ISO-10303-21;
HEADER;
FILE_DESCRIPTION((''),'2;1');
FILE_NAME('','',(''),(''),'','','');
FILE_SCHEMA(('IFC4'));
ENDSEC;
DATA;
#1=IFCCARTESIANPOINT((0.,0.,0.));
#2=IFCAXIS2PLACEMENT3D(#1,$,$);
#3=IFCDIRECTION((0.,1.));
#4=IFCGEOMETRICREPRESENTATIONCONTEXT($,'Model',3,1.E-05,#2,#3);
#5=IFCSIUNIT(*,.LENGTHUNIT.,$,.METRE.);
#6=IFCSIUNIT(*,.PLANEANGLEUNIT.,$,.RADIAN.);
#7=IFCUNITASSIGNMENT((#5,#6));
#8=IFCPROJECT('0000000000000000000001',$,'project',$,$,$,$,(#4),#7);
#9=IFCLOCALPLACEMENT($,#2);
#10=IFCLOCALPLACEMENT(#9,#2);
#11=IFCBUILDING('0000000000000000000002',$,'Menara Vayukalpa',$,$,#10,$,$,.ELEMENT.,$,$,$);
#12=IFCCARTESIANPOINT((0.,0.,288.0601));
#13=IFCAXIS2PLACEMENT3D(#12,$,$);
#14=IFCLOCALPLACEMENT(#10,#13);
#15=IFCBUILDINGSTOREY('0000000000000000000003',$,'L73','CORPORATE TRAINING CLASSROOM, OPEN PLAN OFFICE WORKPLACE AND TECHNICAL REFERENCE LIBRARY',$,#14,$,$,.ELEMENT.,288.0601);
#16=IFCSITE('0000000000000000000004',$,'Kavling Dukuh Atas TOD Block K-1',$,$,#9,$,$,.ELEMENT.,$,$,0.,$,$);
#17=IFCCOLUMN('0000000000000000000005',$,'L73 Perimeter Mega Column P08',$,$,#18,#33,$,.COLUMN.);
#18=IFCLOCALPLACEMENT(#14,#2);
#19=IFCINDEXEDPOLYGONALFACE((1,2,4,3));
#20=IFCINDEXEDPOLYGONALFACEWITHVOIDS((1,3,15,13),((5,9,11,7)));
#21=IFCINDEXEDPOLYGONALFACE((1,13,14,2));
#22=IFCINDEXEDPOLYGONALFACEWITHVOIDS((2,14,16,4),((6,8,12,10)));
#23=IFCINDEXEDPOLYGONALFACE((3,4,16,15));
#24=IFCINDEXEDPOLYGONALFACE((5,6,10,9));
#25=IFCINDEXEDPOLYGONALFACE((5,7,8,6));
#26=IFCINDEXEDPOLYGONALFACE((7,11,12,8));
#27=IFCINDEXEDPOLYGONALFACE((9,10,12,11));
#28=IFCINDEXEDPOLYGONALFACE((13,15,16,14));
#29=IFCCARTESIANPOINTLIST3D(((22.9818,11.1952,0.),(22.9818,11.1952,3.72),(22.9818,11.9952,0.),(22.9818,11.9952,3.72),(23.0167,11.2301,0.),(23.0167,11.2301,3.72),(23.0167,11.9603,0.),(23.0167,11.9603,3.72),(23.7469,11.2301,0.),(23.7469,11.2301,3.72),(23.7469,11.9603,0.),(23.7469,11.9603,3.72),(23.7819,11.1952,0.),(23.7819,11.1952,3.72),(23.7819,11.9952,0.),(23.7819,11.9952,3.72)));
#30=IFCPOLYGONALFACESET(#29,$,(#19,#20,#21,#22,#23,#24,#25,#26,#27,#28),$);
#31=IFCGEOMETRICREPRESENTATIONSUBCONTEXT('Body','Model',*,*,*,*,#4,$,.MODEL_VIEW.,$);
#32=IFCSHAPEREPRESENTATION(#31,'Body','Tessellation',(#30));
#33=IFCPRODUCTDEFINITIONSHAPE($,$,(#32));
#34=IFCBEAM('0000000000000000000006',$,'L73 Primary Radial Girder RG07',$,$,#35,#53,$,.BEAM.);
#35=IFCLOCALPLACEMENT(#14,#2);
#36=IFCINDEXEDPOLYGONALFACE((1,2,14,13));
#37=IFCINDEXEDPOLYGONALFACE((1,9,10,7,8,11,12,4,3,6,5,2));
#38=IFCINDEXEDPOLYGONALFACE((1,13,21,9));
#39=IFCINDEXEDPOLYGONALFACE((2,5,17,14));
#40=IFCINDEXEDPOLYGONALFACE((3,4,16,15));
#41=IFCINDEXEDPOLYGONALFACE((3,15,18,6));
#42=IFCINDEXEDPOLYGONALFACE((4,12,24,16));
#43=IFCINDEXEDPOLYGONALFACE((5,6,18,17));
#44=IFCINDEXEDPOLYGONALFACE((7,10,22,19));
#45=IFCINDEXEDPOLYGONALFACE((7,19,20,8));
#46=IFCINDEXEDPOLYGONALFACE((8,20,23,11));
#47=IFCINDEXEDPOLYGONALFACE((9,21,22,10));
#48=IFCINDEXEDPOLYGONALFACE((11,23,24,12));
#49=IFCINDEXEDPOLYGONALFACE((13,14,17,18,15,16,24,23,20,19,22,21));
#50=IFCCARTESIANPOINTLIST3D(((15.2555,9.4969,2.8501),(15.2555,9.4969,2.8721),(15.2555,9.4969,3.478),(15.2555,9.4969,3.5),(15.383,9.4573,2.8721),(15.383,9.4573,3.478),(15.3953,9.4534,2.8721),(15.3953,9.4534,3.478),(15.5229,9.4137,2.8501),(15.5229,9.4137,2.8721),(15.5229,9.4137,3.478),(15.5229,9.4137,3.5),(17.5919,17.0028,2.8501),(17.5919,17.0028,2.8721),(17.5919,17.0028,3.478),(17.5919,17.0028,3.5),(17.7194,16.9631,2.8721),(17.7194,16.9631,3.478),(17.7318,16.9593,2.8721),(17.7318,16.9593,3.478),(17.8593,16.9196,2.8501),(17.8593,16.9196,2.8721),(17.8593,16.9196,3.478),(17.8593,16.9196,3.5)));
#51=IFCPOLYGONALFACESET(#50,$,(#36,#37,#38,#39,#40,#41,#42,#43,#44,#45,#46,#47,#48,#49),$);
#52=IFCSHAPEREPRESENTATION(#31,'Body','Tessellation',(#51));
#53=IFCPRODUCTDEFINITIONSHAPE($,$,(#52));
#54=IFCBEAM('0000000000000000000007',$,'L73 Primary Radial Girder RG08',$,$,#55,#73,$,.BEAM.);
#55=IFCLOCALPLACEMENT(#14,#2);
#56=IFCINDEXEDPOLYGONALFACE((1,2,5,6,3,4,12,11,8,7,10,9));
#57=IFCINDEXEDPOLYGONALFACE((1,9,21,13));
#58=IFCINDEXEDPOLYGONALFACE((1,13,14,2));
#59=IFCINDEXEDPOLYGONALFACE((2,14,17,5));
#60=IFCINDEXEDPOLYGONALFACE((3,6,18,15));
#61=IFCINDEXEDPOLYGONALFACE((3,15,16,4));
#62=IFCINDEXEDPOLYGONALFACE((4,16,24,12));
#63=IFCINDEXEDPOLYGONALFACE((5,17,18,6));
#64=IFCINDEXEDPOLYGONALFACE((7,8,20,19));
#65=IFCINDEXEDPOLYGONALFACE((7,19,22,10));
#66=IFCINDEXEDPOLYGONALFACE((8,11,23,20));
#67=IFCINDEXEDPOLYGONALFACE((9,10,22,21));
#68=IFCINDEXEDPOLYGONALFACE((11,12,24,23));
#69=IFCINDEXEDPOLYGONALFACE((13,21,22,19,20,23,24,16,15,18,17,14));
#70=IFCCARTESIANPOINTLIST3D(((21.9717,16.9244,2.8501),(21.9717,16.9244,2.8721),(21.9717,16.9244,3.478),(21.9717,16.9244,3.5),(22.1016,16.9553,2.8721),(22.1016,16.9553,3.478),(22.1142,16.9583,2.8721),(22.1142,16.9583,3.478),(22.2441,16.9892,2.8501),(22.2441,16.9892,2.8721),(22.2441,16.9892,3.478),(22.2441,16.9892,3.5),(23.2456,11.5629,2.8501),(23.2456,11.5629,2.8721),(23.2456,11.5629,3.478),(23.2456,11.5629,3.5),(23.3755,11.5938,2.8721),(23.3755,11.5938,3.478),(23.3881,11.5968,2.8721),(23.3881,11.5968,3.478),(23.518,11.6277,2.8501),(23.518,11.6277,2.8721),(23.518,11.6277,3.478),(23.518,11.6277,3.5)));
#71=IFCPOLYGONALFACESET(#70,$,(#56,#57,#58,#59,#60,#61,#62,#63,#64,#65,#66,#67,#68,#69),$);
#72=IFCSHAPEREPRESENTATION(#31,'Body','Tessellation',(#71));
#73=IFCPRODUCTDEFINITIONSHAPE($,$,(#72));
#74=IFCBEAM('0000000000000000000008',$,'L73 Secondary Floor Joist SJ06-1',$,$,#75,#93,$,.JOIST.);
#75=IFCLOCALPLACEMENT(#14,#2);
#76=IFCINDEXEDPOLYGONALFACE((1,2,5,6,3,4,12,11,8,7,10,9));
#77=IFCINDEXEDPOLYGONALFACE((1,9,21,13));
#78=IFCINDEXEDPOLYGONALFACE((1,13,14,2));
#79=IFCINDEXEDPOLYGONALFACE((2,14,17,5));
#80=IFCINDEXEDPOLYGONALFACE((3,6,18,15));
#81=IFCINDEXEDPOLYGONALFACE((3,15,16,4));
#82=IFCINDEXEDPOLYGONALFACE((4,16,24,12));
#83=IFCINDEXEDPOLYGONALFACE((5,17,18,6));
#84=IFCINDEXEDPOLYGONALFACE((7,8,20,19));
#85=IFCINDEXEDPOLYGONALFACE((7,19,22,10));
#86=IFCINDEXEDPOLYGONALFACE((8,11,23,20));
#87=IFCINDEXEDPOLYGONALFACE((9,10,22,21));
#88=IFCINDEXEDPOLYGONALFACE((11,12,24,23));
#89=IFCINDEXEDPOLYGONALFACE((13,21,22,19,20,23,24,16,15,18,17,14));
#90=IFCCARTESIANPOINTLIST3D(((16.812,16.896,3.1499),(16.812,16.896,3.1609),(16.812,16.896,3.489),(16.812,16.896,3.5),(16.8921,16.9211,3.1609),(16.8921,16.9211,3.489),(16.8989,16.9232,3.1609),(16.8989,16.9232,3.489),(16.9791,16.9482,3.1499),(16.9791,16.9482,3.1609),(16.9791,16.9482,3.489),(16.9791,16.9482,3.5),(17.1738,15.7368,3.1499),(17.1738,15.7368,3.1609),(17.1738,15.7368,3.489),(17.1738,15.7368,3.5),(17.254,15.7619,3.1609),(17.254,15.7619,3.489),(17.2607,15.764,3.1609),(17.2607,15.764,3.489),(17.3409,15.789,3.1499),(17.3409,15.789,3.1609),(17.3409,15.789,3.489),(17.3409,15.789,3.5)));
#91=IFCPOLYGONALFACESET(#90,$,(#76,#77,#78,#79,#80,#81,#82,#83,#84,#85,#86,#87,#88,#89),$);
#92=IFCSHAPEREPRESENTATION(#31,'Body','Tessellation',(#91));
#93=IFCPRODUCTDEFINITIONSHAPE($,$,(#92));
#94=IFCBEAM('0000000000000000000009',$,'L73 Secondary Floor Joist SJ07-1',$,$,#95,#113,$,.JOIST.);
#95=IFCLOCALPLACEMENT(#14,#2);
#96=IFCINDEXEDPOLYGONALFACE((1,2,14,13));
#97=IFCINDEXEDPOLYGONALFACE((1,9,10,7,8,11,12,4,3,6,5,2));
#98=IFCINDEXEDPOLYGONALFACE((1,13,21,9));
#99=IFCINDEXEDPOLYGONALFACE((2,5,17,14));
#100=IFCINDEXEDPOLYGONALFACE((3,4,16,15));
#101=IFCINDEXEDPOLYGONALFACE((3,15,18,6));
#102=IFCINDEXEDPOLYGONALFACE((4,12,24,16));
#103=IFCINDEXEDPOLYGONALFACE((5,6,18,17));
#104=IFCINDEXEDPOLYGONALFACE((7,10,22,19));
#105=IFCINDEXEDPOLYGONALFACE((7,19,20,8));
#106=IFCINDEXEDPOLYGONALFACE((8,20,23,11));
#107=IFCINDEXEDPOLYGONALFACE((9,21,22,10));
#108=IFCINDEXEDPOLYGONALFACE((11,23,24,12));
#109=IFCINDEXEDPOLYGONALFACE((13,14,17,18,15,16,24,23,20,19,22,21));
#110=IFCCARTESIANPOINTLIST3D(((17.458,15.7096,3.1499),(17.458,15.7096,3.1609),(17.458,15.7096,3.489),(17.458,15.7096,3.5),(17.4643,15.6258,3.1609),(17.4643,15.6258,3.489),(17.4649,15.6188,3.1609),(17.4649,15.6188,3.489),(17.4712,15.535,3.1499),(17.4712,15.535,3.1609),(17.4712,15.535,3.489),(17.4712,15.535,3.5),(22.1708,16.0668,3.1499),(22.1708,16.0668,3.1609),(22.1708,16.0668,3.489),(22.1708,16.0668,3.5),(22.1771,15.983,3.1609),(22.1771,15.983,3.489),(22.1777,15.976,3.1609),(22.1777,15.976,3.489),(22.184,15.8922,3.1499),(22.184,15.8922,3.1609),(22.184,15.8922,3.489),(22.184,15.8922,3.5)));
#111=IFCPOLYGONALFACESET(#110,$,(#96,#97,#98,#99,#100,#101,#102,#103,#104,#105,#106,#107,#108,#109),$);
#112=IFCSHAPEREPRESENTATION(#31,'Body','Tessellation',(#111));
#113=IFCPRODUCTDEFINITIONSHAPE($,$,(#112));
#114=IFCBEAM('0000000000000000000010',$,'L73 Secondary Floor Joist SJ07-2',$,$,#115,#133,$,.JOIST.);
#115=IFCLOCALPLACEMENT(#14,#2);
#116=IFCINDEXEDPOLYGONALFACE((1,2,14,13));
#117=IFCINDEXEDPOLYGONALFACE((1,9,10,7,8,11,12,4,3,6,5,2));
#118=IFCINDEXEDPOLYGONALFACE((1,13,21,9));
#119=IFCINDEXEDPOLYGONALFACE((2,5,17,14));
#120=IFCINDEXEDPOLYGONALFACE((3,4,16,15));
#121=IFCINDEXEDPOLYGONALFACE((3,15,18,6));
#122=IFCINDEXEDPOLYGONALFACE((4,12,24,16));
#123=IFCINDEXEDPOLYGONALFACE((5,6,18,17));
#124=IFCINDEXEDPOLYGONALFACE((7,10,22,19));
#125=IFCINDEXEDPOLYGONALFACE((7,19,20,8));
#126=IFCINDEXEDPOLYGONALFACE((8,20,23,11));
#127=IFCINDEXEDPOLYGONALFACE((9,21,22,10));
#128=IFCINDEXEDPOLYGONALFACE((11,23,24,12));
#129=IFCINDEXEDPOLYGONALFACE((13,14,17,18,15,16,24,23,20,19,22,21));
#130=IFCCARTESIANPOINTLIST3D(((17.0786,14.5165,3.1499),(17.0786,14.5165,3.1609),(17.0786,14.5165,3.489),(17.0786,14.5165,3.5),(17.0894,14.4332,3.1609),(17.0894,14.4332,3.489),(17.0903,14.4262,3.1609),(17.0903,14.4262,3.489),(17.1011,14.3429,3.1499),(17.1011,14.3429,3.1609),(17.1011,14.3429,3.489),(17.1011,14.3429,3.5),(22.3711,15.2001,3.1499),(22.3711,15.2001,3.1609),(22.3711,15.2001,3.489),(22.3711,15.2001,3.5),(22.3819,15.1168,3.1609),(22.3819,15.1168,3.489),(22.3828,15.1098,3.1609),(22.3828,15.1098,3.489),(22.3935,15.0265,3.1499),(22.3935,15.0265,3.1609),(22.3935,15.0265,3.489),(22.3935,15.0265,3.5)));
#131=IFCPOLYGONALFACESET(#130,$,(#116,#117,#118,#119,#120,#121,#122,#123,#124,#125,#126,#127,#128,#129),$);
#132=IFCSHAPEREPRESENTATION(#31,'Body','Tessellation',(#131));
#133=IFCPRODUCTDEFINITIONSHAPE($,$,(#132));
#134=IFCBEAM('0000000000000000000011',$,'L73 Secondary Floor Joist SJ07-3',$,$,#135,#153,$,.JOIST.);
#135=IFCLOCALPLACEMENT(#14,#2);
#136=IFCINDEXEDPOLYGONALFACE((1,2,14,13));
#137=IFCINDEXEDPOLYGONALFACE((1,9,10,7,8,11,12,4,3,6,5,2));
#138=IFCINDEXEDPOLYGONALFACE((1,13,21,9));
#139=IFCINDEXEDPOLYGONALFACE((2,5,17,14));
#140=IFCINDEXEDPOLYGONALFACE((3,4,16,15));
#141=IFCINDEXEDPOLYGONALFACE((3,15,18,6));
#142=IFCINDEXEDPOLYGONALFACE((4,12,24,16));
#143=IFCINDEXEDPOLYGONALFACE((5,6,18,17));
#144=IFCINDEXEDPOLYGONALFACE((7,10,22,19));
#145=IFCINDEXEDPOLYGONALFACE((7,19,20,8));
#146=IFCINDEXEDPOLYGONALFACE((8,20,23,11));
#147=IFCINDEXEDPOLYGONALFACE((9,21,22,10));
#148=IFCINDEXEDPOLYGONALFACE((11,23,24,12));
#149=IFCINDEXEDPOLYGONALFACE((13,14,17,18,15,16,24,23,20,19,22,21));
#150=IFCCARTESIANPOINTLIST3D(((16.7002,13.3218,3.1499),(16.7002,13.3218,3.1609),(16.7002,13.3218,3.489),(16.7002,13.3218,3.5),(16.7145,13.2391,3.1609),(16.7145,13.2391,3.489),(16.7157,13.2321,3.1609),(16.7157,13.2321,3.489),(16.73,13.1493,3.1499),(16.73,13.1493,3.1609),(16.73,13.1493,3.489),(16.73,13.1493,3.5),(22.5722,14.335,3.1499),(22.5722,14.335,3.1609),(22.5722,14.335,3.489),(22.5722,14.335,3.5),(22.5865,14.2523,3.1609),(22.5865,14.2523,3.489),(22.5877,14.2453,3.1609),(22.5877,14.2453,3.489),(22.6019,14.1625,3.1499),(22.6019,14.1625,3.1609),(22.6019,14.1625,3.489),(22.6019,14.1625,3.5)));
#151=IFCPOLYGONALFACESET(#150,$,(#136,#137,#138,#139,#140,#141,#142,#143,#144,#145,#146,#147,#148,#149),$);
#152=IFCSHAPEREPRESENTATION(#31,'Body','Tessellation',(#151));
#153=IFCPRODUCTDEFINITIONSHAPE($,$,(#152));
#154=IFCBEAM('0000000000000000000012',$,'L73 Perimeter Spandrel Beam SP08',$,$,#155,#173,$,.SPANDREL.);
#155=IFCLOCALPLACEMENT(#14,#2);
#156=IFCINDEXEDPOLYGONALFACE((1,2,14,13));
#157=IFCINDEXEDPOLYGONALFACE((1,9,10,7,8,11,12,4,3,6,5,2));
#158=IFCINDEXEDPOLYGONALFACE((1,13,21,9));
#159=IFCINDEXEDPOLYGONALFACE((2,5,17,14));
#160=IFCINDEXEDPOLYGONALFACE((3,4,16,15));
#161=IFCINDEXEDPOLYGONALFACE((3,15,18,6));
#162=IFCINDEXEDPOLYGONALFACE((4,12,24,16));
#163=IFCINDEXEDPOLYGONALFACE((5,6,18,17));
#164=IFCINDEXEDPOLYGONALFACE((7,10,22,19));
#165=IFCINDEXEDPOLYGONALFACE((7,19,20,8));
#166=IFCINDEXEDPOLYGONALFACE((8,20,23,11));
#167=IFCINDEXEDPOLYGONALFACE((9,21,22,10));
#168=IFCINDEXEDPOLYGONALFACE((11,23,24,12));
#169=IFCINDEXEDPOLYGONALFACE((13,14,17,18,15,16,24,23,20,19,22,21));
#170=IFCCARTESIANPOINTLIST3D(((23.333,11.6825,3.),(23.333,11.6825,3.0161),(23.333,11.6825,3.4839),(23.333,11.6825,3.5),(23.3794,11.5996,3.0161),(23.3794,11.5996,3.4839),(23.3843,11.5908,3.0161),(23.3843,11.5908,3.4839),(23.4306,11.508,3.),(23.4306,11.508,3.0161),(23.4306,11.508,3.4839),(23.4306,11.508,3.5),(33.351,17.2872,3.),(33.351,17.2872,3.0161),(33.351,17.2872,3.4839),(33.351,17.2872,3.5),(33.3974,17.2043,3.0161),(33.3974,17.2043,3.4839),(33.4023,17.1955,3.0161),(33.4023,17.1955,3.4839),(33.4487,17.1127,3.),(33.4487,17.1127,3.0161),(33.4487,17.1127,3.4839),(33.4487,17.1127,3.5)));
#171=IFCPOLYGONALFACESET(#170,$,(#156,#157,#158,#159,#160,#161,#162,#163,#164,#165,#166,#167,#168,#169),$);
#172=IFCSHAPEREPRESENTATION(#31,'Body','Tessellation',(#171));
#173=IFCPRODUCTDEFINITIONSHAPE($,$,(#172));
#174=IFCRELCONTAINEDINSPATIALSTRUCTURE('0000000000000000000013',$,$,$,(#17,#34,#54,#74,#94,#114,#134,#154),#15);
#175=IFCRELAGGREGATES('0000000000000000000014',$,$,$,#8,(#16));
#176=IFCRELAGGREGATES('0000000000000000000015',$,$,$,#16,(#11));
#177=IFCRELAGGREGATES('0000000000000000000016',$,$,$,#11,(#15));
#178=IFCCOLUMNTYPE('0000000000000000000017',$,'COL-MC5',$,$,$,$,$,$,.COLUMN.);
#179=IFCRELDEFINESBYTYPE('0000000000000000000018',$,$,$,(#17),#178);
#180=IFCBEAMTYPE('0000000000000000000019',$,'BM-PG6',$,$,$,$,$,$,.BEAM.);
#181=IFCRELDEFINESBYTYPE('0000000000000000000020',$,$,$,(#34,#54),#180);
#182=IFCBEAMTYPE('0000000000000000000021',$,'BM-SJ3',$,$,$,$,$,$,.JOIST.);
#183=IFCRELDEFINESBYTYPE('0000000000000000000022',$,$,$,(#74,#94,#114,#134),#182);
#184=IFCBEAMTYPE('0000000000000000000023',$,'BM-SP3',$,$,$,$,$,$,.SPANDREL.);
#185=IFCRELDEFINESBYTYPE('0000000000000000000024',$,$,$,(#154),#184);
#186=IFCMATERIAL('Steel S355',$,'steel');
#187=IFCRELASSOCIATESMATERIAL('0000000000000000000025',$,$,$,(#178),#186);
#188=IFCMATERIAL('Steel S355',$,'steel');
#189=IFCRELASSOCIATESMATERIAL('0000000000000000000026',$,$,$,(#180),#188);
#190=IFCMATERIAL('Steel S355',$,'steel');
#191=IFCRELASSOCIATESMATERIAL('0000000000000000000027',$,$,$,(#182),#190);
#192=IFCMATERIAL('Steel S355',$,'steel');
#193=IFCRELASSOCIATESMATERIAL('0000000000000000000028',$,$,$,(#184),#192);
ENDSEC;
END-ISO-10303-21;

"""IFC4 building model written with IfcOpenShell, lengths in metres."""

from ifc_helpers import new_model, si_unit, direction, frame, origin, origin_2d, place, context, subcontext, project, spatial, hollow_rectangle, i_section, extrude, material, material_profile, profile_set, type_object, element, save


model = new_model("IFC4")

# Units and contexts
model_context = context("Model", 3, precision=1e-05, world=origin(), true_north=direction((0.0, 1.0)))
body_context = subcontext(model_context, "Body", "Model", "MODEL_VIEW")
ifc_project = project(units=[si_unit("LENGTHUNIT", "METRE"), si_unit("PLANEANGLEUNIT", "RADIAN")], contexts=[model_context])

# Site, building, storey
site_placement = place(None, origin())
site = spatial("IfcSite", under=ifc_project, at=site_placement, Name="Kavling Dukuh Atas TOD Block K-1", CompositionType="ELEMENT", RefElevation=0.0)
building_placement = place(site_placement, origin())
building = spatial("IfcBuilding", under=site, at=building_placement, Name="Menara Vayukalpa", CompositionType="ELEMENT")
storey_placement = place(building_placement, frame((0.0, 0.0, 288.0601)))
storey = spatial("IfcBuildingStorey", under=building, at=storey_placement, Name="L73", Description="CORPORATE TRAINING CLASSROOM, OPEN PLAN OFFICE WORKPLACE AND TECHNICAL REFERENCE LIBRARY", CompositionType="ELEMENT", Elevation=288.0601)

# Column
ifc_material_1 = material(Name="Steel S355", Category="steel")
ifc_material_profile_1 = material_profile(ifc_material_1, hollow_rectangle(XDim=0.8, YDim=0.8, WallThickness=0.0349, at=origin_2d()), Name="BOX 800x800x35")
ifc_profile_set_1 = profile_set([ifc_material_profile_1], Name="Steel S355")
column_type = type_object("IfcColumnType", Name="COL-MC5", PredefinedType="COLUMN", material=ifc_profile_set_1)
column_placement = place(storey_placement, frame((23.3818, 11.5952, 0.0), z_axis=(0.0, 0.0, 1.0), x_axis=(1.0, 0.0, 0.0)))
element("IfcColumn", 1, at=column_placement, inside=storey, type_object=column_type, Name="L73 Perimeter Mega Column P08", PredefinedType="COLUMN", context=body_context, shape_type="SweptSolid", body=[
    extrude(hollow_rectangle(XDim=0.8, YDim=0.8, WallThickness=0.0349, at=origin_2d()), origin(), (0.0, 0.0, 1.0), 3.72),
])

# Beams
ifc_material_2 = material(Name="Steel S355", Category="steel")
ifc_material_profile_2 = material_profile(ifc_material_2, i_section(OverallWidth=0.28, OverallDepth=0.6499, WebThickness=0.0129, FlangeThickness=0.022, at=origin_2d()), Name="WF 650x280x13x22")
ifc_profile_set_2 = profile_set([ifc_material_profile_2], Name="Steel S355")
beam_type_1 = type_object("IfcBeamType", Name="BM-PG6", PredefinedType="BEAM", material=ifc_profile_set_2)
beam_1_placement = place(storey_placement, frame((17.7256, 16.9612, 3.175), z_axis=(-0.297214, -0.954811, 0.0), x_axis=(0.954811, -0.297214, 0.0)))
element("IfcBeam", 2, at=beam_1_placement, inside=storey, type_object=beam_type_1, Name="L73 Primary Radial Girder RG07", PredefinedType="BEAM", context=body_context, shape_type="SweptSolid", body=[
    extrude(i_section(OverallWidth=0.28, OverallDepth=0.6499, WebThickness=0.0129, FlangeThickness=0.022, at=origin_2d()), origin(), (0.0, 0.0, 1.0), 7.8611),
])
beam_2_placement = place(storey_placement, frame((22.1079, 16.9568, 3.175), z_axis=(0.231167, -0.972914, 0.0), x_axis=(0.972914, 0.231167, 0.0)))
element("IfcBeam", 3, at=beam_2_placement, inside=storey, type_object=beam_type_1, Name="L73 Primary Radial Girder RG08", PredefinedType="BEAM", context=body_context, shape_type="SweptSolid", body=[
    extrude(i_section(OverallWidth=0.28, OverallDepth=0.6499, WebThickness=0.0129, FlangeThickness=0.022, at=origin_2d()), origin(), (0.0, 0.0, 1.0), 5.5107),
])
ifc_material_3 = material(Name="Steel S355", Category="steel")
ifc_material_profile_3 = material_profile(ifc_material_3, i_section(OverallWidth=0.175, OverallDepth=0.3501, WebThickness=0.0071, FlangeThickness=0.011, at=origin_2d()), Name="WF 350x175x7x11")
ifc_profile_set_3 = profile_set([ifc_material_profile_3], Name="Steel S355")
beam_type_2 = type_object("IfcBeamType", Name="BM-SJ3", PredefinedType="JOIST", material=ifc_profile_set_3)
beam_3_placement = place(storey_placement, frame((16.8955, 16.9221, 3.325), z_axis=(0.297954, -0.95458, 0.0), x_axis=(0.95458, 0.297954, 0.0)))
element("IfcBeam", 4, at=beam_3_placement, inside=storey, type_object=beam_type_2, Name="L73 Secondary Floor Joist SJ06-1", PredefinedType="JOIST", context=body_context, shape_type="SweptSolid", body=[
    extrude(i_section(OverallWidth=0.175, OverallDepth=0.3501, WebThickness=0.0071, FlangeThickness=0.011, at=origin_2d()), origin(), (0.0, 0.0, 1.0), 1.2144),
])
beam_4_placement = place(storey_placement, frame((17.4646, 15.6223, 3.325), z_axis=(0.99714, 0.075571, 0.0), x_axis=(-0.075571, 0.99714, 0.0)))
element("IfcBeam", 5, at=beam_4_placement, inside=storey, type_object=beam_type_2, Name="L73 Secondary Floor Joist SJ07-1", PredefinedType="JOIST", context=body_context, shape_type="SweptSolid", body=[
    extrude(i_section(OverallWidth=0.175, OverallDepth=0.3501, WebThickness=0.0071, FlangeThickness=0.011, at=origin_2d()), origin(), (0.0, 0.0, 1.0), 4.7263),
])
beam_5_placement = place(storey_placement, frame((17.0898, 14.4297, 3.325), z_axis=(0.991761, 0.128099, 0.0), x_axis=(-0.128099, 0.991761, 0.0)))
element("IfcBeam", 6, at=beam_5_placement, inside=storey, type_object=beam_type_2, Name="L73 Secondary Floor Joist SJ07-2", PredefinedType="JOIST", context=body_context, shape_type="SweptSolid", body=[
    extrude(i_section(OverallWidth=0.175, OverallDepth=0.3501, WebThickness=0.0071, FlangeThickness=0.011, at=origin_2d()), origin(), (0.0, 0.0, 1.0), 5.3364),
])
beam_6_placement = place(storey_placement, frame((16.7151, 13.2356, 3.325), z_axis=(0.985439, 0.17003, 0.0), x_axis=(-0.17003, 0.985439, 0.0)))
element("IfcBeam", 7, at=beam_6_placement, inside=storey, type_object=beam_type_2, Name="L73 Secondary Floor Joist SJ07-3", PredefinedType="JOIST", context=body_context, shape_type="SweptSolid", body=[
    extrude(i_section(OverallWidth=0.175, OverallDepth=0.3501, WebThickness=0.0071, FlangeThickness=0.011, at=origin_2d()), origin(), (0.0, 0.0, 1.0), 5.9587),
])
ifc_material_4 = material(Name="Steel S355", Category="steel")
ifc_material_profile_4 = material_profile(ifc_material_4, i_section(OverallWidth=0.2, OverallDepth=0.5, WebThickness=0.01, FlangeThickness=0.0161, at=origin_2d()), Name="WF 500x200x10x16")
ifc_profile_set_4 = profile_set([ifc_material_profile_4], Name="Steel S355")
beam_type_3 = type_object("IfcBeamType", Name="BM-SP3", PredefinedType="SPANDREL", material=ifc_profile_set_4)
beam_7_placement = place(storey_placement, frame((23.3818, 11.5952, 3.25), z_axis=(0.872706, 0.488246, 0.0), x_axis=(-0.488246, 0.872706, 0.0)))
element("IfcBeam", 8, at=beam_7_placement, inside=storey, type_object=beam_type_3, Name="L73 Perimeter Spandrel Beam SP08", PredefinedType="SPANDREL", context=body_context, shape_type="SweptSolid", body=[
    extrude(i_section(OverallWidth=0.2, OverallDepth=0.5, WebThickness=0.01, FlangeThickness=0.0161, at=origin_2d()), origin(), (0.0, 0.0, 1.0), 11.4792),
])

save(model, "model.ifc")
